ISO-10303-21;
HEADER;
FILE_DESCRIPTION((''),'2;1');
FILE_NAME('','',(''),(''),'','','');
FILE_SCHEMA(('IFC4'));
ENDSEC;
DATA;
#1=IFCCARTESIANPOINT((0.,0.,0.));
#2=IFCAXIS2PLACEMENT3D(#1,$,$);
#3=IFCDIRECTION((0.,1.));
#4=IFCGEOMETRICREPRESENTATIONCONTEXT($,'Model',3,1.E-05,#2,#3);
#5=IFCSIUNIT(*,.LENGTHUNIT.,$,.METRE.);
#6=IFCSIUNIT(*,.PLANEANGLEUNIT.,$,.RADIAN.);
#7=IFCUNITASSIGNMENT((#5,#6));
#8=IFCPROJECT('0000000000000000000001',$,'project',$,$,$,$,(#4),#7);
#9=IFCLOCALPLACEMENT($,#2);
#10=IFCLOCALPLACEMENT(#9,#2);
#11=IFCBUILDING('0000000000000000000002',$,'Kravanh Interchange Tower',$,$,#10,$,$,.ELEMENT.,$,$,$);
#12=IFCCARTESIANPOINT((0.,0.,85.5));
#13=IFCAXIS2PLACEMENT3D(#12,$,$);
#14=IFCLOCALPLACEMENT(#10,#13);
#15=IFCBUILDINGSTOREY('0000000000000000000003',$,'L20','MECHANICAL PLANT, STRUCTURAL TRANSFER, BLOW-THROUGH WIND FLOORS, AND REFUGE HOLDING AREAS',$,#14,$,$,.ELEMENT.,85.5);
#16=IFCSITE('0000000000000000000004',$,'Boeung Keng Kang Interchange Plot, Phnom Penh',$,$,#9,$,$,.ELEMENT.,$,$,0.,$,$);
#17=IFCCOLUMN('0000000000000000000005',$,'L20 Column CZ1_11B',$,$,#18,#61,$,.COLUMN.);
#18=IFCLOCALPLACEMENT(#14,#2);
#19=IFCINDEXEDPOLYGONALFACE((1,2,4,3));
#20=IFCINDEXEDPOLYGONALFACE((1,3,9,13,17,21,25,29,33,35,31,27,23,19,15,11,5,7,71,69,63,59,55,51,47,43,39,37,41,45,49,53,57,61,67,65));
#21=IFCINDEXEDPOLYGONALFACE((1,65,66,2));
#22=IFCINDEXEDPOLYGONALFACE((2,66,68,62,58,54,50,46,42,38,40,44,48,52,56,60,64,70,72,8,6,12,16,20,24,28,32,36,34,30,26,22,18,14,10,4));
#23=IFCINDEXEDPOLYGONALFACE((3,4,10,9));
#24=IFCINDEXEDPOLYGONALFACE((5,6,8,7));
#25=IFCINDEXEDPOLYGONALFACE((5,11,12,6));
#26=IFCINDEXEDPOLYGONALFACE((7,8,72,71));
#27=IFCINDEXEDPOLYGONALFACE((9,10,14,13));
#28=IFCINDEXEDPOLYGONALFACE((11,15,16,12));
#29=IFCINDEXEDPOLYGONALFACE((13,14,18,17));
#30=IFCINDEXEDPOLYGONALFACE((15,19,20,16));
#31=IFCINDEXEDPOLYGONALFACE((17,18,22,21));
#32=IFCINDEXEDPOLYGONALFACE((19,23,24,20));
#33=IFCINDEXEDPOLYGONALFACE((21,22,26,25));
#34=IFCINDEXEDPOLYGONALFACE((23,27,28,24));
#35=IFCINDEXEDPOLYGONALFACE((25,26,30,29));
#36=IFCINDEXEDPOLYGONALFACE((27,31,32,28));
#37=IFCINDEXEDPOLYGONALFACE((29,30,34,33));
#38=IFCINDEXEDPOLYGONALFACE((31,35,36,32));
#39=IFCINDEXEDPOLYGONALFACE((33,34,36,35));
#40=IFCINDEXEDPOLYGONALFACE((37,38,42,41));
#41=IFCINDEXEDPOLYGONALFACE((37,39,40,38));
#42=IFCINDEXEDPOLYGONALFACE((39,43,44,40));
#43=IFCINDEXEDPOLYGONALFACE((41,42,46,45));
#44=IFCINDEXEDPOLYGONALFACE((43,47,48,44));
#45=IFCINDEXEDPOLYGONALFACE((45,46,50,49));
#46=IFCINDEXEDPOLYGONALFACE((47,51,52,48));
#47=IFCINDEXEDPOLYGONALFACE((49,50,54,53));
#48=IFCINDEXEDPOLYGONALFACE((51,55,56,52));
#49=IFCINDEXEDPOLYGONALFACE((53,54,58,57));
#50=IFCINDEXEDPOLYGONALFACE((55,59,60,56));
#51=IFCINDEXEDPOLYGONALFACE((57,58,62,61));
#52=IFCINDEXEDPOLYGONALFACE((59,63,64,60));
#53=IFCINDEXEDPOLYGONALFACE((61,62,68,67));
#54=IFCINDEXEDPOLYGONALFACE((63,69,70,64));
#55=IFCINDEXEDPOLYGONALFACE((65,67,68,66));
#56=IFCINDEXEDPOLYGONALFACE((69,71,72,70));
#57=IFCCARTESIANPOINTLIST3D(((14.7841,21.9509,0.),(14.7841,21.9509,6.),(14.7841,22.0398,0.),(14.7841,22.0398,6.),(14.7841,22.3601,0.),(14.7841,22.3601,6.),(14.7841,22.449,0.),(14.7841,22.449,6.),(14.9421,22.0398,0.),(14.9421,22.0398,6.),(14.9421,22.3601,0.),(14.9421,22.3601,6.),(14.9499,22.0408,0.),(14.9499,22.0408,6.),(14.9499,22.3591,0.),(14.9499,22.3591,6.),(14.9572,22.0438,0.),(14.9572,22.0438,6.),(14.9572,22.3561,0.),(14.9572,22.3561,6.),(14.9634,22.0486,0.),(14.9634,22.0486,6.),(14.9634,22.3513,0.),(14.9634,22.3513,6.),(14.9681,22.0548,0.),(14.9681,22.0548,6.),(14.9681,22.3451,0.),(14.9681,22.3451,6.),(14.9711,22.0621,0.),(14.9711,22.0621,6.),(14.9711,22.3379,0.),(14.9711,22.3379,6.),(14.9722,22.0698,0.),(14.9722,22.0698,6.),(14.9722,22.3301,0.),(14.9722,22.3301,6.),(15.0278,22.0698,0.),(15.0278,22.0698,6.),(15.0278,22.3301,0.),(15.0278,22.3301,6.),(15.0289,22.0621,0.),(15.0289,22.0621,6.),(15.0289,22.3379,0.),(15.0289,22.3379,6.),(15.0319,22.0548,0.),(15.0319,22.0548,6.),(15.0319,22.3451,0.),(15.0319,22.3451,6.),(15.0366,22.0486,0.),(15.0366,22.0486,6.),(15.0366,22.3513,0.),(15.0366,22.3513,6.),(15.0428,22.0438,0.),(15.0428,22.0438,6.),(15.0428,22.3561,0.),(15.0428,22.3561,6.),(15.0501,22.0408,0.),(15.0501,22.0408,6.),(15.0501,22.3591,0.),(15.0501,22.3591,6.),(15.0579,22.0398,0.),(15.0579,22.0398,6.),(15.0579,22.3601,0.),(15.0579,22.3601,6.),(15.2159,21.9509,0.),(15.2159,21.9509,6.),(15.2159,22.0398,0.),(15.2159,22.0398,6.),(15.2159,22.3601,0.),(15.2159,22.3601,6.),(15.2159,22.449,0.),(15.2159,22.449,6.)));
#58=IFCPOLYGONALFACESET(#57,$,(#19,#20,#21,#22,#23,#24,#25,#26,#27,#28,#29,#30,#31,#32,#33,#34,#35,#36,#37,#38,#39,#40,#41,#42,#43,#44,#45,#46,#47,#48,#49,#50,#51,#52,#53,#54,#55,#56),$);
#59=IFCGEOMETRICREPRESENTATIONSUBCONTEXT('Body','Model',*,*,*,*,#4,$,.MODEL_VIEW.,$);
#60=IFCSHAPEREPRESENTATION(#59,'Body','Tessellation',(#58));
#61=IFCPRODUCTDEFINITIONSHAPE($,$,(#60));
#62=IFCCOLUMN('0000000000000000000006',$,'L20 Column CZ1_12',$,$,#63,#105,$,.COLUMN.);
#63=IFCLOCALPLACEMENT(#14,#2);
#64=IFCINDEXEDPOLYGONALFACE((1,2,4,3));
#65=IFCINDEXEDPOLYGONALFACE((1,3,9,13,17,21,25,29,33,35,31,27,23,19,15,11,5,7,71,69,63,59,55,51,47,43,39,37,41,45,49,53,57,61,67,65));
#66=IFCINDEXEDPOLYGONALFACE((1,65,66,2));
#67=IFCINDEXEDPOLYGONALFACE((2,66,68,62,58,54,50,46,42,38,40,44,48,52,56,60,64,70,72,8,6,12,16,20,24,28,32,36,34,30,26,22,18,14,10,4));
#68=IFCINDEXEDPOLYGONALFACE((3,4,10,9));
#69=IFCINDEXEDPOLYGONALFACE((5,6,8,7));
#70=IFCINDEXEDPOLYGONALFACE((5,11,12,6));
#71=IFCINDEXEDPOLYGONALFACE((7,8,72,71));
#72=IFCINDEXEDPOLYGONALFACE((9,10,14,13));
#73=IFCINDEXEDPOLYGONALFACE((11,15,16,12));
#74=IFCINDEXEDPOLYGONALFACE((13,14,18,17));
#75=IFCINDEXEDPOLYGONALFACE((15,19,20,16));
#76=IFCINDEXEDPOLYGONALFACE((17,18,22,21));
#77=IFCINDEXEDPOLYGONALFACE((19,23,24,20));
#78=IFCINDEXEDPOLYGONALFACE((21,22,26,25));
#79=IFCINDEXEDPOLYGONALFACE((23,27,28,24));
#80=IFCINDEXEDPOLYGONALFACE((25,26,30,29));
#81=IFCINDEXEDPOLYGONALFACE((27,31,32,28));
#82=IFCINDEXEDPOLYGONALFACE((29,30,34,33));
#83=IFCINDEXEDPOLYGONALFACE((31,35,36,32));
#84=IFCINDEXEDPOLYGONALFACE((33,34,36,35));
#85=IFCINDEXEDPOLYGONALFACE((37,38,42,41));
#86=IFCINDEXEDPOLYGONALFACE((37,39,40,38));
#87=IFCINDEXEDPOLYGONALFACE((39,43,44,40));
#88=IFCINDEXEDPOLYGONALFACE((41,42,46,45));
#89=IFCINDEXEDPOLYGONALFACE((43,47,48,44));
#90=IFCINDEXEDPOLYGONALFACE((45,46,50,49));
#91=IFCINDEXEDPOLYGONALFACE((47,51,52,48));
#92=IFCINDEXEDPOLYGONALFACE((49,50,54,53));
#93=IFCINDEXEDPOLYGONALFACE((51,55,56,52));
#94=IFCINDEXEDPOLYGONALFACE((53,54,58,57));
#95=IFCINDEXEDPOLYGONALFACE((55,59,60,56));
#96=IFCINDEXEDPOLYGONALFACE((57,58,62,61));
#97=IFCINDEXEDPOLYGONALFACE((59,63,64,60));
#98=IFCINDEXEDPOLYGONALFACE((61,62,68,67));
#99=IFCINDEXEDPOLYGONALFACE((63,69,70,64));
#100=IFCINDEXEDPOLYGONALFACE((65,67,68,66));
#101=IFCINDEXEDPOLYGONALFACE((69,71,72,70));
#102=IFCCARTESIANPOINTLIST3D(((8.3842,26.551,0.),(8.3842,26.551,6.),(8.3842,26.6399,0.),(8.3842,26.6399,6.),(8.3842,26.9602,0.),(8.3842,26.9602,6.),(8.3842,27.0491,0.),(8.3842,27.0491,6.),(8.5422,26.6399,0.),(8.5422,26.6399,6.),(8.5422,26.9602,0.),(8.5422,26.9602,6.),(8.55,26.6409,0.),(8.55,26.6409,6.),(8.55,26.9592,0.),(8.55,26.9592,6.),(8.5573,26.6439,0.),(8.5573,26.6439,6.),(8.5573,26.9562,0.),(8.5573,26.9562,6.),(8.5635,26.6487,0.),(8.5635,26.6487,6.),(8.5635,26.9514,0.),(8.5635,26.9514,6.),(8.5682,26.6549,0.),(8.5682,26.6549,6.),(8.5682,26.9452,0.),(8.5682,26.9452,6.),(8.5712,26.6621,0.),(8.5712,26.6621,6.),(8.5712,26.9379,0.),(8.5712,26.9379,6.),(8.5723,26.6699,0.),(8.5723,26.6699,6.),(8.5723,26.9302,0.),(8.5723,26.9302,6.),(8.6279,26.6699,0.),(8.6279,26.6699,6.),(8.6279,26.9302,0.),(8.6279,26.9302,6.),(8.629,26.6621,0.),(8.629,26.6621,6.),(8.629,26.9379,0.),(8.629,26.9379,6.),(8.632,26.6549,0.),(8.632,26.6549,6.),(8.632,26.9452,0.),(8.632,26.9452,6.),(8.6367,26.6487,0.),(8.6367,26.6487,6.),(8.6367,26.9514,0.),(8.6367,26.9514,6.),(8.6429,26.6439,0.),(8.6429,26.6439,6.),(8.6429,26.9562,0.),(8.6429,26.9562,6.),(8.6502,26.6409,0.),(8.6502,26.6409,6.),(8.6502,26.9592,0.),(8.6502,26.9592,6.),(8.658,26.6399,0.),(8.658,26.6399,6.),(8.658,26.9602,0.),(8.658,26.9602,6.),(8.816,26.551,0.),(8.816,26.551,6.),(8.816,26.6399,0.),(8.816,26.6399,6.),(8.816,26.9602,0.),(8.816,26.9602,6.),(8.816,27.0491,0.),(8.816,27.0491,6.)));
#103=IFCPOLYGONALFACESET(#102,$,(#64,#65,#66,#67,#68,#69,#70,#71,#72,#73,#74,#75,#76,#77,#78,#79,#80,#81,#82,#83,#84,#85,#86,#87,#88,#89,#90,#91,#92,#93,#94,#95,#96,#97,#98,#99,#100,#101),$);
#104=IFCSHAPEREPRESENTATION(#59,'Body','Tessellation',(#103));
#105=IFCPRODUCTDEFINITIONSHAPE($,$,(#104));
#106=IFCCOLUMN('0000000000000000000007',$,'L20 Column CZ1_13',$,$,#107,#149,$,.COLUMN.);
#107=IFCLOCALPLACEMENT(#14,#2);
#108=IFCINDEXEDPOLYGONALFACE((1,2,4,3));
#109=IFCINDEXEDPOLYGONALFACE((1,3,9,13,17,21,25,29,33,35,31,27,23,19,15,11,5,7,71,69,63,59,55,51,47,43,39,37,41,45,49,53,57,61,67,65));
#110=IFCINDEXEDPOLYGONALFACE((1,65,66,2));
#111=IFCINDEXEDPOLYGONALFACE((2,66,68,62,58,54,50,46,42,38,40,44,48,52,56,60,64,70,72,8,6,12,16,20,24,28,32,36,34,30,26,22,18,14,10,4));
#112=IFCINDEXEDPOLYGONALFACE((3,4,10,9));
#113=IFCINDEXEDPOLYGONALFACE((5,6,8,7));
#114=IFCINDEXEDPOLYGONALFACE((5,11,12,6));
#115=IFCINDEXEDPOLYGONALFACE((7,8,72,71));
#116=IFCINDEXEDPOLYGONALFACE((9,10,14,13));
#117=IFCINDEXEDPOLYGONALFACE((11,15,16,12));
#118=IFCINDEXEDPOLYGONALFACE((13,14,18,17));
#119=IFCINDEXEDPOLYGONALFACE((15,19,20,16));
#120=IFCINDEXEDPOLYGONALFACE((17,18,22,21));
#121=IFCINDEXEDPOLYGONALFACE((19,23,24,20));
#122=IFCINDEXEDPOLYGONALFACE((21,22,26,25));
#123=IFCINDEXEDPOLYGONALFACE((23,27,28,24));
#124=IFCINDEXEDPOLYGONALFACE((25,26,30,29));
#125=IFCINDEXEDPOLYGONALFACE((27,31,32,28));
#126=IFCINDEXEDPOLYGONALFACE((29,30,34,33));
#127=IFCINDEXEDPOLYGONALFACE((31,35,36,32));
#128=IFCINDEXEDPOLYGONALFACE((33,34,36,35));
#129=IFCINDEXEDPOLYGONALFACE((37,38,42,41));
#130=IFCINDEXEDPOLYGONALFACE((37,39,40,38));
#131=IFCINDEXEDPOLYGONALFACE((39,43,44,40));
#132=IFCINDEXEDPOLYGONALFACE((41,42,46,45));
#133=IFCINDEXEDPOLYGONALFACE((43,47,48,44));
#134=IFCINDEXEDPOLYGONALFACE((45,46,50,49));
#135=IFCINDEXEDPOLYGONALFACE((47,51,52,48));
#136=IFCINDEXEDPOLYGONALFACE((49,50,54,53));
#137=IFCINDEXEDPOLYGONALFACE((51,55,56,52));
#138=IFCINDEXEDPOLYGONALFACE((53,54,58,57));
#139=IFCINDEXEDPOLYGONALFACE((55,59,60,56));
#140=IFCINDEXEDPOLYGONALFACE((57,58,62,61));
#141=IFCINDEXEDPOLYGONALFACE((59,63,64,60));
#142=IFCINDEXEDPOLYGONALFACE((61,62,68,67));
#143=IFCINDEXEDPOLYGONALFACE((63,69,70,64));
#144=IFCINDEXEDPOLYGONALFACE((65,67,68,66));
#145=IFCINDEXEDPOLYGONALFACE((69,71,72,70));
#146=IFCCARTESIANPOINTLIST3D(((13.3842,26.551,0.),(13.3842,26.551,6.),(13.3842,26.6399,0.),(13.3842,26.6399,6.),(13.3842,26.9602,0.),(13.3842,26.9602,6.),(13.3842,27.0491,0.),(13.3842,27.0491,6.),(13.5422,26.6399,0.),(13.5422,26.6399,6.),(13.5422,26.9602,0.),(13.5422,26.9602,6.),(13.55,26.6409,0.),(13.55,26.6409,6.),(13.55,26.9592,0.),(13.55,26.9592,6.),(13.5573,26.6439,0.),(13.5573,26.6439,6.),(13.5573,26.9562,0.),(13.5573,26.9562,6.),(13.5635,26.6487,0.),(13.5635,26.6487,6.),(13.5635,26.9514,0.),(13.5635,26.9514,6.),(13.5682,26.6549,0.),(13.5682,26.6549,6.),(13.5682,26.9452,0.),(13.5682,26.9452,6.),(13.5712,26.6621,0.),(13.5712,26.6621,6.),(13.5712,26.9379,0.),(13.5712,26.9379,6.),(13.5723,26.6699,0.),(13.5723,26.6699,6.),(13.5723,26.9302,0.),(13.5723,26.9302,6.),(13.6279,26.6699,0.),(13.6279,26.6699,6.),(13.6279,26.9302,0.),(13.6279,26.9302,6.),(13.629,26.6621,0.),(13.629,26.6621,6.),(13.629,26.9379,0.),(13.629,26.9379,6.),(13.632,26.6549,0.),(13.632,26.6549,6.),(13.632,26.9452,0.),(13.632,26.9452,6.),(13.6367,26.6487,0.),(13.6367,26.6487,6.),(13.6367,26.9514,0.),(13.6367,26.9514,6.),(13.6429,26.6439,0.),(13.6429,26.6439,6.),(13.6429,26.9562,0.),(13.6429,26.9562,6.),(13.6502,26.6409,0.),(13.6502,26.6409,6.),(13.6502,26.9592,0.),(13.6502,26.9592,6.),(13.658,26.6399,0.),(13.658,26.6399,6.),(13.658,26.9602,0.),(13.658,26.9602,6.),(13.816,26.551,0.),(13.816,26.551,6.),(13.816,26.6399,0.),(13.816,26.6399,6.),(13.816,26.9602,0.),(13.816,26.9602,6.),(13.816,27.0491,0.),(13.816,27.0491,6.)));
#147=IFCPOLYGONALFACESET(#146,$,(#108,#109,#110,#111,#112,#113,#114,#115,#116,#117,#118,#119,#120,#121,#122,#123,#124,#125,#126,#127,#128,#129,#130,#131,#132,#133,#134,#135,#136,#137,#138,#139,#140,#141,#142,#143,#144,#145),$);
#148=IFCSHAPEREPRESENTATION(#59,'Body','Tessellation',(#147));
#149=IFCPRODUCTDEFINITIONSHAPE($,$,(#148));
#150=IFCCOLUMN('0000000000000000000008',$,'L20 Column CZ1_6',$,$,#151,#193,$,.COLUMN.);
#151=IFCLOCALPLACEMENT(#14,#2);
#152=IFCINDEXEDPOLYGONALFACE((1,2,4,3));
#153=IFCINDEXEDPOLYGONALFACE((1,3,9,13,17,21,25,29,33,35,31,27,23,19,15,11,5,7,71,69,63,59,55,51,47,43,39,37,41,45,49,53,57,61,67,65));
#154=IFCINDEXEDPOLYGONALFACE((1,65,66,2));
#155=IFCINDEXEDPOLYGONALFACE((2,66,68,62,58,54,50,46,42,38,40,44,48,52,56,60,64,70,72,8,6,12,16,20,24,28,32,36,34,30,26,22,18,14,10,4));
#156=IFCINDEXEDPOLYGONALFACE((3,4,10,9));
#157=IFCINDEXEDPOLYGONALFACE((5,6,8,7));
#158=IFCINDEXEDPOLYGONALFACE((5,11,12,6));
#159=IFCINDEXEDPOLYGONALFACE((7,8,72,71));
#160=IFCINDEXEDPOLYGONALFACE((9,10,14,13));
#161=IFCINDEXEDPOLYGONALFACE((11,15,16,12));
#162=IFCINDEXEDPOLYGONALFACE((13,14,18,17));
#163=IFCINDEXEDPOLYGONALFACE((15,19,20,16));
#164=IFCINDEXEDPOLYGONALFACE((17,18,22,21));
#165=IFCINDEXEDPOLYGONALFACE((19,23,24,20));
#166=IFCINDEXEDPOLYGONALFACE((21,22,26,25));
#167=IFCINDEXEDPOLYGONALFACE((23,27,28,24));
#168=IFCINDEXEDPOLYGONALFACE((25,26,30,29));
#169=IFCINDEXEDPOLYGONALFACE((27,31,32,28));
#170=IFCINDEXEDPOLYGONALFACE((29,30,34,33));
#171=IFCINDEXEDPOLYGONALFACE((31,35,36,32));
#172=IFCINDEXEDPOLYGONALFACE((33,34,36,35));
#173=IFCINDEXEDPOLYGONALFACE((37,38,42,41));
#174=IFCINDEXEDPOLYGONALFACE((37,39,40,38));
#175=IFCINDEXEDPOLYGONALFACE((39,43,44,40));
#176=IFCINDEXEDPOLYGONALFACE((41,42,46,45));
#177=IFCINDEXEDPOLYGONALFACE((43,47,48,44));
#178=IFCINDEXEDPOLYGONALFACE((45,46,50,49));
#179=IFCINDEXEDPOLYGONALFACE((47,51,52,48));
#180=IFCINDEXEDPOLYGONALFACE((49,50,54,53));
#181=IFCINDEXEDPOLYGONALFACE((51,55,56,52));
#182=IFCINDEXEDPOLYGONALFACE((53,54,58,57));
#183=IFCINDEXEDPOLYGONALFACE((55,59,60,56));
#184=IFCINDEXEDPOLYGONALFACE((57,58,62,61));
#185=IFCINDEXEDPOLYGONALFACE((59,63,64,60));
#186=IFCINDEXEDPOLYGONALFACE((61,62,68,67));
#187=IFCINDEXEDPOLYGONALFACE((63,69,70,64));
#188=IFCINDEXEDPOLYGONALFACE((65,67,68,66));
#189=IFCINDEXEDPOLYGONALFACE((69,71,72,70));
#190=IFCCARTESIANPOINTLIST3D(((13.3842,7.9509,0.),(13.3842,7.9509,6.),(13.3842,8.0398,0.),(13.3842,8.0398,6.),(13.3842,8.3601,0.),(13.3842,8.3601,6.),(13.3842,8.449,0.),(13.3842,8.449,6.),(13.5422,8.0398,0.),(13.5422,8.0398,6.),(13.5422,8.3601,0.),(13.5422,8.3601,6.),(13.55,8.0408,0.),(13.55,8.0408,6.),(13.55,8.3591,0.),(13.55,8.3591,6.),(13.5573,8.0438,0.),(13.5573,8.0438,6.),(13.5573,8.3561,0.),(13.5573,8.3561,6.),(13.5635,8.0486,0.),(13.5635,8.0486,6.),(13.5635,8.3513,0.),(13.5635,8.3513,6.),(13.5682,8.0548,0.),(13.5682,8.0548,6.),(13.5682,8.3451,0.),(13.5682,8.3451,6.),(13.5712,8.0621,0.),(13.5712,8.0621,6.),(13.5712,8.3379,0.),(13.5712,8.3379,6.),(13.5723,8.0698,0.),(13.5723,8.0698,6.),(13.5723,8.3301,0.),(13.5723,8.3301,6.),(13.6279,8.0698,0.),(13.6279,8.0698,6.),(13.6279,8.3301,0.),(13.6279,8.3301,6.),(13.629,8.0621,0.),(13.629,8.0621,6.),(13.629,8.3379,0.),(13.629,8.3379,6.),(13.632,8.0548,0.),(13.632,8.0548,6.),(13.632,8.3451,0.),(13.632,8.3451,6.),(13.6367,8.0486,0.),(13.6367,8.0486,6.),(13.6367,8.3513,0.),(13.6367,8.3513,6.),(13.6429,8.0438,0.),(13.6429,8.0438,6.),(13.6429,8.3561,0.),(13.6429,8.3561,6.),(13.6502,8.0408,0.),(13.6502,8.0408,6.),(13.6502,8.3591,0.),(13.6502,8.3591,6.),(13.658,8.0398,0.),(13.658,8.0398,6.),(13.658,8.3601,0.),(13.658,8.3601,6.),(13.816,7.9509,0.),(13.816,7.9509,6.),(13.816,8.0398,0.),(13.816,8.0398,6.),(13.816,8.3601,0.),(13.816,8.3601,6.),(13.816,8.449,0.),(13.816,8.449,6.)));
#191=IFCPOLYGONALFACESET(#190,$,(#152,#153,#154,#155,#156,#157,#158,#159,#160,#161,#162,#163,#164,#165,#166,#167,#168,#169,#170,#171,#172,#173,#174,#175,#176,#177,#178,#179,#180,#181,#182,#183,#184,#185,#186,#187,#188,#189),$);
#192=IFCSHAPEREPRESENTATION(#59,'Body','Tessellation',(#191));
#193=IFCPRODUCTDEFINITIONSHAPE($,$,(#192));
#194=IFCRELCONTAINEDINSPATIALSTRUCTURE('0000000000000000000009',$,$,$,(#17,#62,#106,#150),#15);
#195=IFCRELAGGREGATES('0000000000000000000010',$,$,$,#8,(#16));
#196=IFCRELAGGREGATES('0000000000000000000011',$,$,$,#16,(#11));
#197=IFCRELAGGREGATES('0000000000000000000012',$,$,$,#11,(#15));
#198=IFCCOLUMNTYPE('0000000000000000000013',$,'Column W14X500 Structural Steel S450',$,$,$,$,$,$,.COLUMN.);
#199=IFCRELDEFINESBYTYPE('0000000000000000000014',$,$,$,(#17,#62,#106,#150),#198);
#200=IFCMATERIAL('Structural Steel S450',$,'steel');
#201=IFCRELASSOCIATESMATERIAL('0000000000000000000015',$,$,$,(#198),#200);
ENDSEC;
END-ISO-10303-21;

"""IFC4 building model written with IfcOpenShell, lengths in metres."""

from ifc_helpers import new_model, si_unit, direction, frame, origin, origin_2d, place, context, subcontext, project, spatial, i_section, extrude, material, material_profile, profile_set, type_object, element, save


model = new_model("IFC4")

# Units and contexts
model_context = context("Model", 3, precision=1e-05, world=origin(), true_north=direction((0.0, 1.0)))
body_context = subcontext(model_context, "Body", "Model", "MODEL_VIEW")
ifc_project = project(units=[si_unit("LENGTHUNIT", "METRE"), si_unit("PLANEANGLEUNIT", "RADIAN")], contexts=[model_context])

# Site, building, storey
site_placement = place(None, origin())
site = spatial("IfcSite", under=ifc_project, at=site_placement, Name="Boeung Keng Kang Interchange Plot, Phnom Penh", CompositionType="ELEMENT", RefElevation=0.0)
building_placement = place(site_placement, origin())
building = spatial("IfcBuilding", under=site, at=building_placement, Name="Kravanh Interchange Tower", CompositionType="ELEMENT")
storey_placement = place(building_placement, frame((0.0, 0.0, 85.5)))
storey = spatial("IfcBuildingStorey", under=building, at=storey_placement, Name="L20", Description="MECHANICAL PLANT, STRUCTURAL TRANSFER, BLOW-THROUGH WIND FLOORS, AND REFUGE HOLDING AREAS", CompositionType="ELEMENT", Elevation=85.5)

# Columns
ifc_material_1 = material(Name="Structural Steel S450", Category="steel")
ifc_material_profile_1 = material_profile(ifc_material_1, i_section(OverallWidth=0.4319, OverallDepth=0.498, WebThickness=0.0557, FlangeThickness=0.0889, FilletRadius=0.03, at=origin_2d()), Name="W14X500")
ifc_profile_set_1 = profile_set([ifc_material_profile_1], Name="Structural Steel S450")
column_type = type_object("IfcColumnType", Name="Column W14X500 Structural Steel S450", PredefinedType="COLUMN", material=ifc_profile_set_1)
for number, where, z_axis, x_axis, name in (
    (1, (15.0, 22.2, 0.0), (0.0, 0.0, 1.0), (1.0, 0.0, 0.0), "L20 Column CZ1_11B"),
    (2, (8.6001, 26.8, 0.0), (0.0, 0.0, 1.0), (1.0, 0.0, 0.0), "L20 Column CZ1_12"),
    (3, (13.6001, 26.8, 0.0), (0.0, 0.0, 1.0), (1.0, 0.0, 0.0), "L20 Column CZ1_13"),
    (4, (13.6001, 8.2, 0.0), (0.0, 0.0, 1.0), (1.0, 0.0, 0.0), "L20 Column CZ1_6"),
):
    element("IfcColumn", number, at=place(storey_placement, frame(where, z_axis=z_axis, x_axis=x_axis)), inside=storey, type_object=column_type, Name=name, PredefinedType="COLUMN", context=body_context, shape_type="SweptSolid", body=[
        extrude(i_section(OverallWidth=0.4319, OverallDepth=0.498, WebThickness=0.0557, FlangeThickness=0.0889, FilletRadius=0.03, at=origin_2d()), origin(), (0.0, 0.0, 1.0), 6.0),
    ])

save(model, "model.ifc")
